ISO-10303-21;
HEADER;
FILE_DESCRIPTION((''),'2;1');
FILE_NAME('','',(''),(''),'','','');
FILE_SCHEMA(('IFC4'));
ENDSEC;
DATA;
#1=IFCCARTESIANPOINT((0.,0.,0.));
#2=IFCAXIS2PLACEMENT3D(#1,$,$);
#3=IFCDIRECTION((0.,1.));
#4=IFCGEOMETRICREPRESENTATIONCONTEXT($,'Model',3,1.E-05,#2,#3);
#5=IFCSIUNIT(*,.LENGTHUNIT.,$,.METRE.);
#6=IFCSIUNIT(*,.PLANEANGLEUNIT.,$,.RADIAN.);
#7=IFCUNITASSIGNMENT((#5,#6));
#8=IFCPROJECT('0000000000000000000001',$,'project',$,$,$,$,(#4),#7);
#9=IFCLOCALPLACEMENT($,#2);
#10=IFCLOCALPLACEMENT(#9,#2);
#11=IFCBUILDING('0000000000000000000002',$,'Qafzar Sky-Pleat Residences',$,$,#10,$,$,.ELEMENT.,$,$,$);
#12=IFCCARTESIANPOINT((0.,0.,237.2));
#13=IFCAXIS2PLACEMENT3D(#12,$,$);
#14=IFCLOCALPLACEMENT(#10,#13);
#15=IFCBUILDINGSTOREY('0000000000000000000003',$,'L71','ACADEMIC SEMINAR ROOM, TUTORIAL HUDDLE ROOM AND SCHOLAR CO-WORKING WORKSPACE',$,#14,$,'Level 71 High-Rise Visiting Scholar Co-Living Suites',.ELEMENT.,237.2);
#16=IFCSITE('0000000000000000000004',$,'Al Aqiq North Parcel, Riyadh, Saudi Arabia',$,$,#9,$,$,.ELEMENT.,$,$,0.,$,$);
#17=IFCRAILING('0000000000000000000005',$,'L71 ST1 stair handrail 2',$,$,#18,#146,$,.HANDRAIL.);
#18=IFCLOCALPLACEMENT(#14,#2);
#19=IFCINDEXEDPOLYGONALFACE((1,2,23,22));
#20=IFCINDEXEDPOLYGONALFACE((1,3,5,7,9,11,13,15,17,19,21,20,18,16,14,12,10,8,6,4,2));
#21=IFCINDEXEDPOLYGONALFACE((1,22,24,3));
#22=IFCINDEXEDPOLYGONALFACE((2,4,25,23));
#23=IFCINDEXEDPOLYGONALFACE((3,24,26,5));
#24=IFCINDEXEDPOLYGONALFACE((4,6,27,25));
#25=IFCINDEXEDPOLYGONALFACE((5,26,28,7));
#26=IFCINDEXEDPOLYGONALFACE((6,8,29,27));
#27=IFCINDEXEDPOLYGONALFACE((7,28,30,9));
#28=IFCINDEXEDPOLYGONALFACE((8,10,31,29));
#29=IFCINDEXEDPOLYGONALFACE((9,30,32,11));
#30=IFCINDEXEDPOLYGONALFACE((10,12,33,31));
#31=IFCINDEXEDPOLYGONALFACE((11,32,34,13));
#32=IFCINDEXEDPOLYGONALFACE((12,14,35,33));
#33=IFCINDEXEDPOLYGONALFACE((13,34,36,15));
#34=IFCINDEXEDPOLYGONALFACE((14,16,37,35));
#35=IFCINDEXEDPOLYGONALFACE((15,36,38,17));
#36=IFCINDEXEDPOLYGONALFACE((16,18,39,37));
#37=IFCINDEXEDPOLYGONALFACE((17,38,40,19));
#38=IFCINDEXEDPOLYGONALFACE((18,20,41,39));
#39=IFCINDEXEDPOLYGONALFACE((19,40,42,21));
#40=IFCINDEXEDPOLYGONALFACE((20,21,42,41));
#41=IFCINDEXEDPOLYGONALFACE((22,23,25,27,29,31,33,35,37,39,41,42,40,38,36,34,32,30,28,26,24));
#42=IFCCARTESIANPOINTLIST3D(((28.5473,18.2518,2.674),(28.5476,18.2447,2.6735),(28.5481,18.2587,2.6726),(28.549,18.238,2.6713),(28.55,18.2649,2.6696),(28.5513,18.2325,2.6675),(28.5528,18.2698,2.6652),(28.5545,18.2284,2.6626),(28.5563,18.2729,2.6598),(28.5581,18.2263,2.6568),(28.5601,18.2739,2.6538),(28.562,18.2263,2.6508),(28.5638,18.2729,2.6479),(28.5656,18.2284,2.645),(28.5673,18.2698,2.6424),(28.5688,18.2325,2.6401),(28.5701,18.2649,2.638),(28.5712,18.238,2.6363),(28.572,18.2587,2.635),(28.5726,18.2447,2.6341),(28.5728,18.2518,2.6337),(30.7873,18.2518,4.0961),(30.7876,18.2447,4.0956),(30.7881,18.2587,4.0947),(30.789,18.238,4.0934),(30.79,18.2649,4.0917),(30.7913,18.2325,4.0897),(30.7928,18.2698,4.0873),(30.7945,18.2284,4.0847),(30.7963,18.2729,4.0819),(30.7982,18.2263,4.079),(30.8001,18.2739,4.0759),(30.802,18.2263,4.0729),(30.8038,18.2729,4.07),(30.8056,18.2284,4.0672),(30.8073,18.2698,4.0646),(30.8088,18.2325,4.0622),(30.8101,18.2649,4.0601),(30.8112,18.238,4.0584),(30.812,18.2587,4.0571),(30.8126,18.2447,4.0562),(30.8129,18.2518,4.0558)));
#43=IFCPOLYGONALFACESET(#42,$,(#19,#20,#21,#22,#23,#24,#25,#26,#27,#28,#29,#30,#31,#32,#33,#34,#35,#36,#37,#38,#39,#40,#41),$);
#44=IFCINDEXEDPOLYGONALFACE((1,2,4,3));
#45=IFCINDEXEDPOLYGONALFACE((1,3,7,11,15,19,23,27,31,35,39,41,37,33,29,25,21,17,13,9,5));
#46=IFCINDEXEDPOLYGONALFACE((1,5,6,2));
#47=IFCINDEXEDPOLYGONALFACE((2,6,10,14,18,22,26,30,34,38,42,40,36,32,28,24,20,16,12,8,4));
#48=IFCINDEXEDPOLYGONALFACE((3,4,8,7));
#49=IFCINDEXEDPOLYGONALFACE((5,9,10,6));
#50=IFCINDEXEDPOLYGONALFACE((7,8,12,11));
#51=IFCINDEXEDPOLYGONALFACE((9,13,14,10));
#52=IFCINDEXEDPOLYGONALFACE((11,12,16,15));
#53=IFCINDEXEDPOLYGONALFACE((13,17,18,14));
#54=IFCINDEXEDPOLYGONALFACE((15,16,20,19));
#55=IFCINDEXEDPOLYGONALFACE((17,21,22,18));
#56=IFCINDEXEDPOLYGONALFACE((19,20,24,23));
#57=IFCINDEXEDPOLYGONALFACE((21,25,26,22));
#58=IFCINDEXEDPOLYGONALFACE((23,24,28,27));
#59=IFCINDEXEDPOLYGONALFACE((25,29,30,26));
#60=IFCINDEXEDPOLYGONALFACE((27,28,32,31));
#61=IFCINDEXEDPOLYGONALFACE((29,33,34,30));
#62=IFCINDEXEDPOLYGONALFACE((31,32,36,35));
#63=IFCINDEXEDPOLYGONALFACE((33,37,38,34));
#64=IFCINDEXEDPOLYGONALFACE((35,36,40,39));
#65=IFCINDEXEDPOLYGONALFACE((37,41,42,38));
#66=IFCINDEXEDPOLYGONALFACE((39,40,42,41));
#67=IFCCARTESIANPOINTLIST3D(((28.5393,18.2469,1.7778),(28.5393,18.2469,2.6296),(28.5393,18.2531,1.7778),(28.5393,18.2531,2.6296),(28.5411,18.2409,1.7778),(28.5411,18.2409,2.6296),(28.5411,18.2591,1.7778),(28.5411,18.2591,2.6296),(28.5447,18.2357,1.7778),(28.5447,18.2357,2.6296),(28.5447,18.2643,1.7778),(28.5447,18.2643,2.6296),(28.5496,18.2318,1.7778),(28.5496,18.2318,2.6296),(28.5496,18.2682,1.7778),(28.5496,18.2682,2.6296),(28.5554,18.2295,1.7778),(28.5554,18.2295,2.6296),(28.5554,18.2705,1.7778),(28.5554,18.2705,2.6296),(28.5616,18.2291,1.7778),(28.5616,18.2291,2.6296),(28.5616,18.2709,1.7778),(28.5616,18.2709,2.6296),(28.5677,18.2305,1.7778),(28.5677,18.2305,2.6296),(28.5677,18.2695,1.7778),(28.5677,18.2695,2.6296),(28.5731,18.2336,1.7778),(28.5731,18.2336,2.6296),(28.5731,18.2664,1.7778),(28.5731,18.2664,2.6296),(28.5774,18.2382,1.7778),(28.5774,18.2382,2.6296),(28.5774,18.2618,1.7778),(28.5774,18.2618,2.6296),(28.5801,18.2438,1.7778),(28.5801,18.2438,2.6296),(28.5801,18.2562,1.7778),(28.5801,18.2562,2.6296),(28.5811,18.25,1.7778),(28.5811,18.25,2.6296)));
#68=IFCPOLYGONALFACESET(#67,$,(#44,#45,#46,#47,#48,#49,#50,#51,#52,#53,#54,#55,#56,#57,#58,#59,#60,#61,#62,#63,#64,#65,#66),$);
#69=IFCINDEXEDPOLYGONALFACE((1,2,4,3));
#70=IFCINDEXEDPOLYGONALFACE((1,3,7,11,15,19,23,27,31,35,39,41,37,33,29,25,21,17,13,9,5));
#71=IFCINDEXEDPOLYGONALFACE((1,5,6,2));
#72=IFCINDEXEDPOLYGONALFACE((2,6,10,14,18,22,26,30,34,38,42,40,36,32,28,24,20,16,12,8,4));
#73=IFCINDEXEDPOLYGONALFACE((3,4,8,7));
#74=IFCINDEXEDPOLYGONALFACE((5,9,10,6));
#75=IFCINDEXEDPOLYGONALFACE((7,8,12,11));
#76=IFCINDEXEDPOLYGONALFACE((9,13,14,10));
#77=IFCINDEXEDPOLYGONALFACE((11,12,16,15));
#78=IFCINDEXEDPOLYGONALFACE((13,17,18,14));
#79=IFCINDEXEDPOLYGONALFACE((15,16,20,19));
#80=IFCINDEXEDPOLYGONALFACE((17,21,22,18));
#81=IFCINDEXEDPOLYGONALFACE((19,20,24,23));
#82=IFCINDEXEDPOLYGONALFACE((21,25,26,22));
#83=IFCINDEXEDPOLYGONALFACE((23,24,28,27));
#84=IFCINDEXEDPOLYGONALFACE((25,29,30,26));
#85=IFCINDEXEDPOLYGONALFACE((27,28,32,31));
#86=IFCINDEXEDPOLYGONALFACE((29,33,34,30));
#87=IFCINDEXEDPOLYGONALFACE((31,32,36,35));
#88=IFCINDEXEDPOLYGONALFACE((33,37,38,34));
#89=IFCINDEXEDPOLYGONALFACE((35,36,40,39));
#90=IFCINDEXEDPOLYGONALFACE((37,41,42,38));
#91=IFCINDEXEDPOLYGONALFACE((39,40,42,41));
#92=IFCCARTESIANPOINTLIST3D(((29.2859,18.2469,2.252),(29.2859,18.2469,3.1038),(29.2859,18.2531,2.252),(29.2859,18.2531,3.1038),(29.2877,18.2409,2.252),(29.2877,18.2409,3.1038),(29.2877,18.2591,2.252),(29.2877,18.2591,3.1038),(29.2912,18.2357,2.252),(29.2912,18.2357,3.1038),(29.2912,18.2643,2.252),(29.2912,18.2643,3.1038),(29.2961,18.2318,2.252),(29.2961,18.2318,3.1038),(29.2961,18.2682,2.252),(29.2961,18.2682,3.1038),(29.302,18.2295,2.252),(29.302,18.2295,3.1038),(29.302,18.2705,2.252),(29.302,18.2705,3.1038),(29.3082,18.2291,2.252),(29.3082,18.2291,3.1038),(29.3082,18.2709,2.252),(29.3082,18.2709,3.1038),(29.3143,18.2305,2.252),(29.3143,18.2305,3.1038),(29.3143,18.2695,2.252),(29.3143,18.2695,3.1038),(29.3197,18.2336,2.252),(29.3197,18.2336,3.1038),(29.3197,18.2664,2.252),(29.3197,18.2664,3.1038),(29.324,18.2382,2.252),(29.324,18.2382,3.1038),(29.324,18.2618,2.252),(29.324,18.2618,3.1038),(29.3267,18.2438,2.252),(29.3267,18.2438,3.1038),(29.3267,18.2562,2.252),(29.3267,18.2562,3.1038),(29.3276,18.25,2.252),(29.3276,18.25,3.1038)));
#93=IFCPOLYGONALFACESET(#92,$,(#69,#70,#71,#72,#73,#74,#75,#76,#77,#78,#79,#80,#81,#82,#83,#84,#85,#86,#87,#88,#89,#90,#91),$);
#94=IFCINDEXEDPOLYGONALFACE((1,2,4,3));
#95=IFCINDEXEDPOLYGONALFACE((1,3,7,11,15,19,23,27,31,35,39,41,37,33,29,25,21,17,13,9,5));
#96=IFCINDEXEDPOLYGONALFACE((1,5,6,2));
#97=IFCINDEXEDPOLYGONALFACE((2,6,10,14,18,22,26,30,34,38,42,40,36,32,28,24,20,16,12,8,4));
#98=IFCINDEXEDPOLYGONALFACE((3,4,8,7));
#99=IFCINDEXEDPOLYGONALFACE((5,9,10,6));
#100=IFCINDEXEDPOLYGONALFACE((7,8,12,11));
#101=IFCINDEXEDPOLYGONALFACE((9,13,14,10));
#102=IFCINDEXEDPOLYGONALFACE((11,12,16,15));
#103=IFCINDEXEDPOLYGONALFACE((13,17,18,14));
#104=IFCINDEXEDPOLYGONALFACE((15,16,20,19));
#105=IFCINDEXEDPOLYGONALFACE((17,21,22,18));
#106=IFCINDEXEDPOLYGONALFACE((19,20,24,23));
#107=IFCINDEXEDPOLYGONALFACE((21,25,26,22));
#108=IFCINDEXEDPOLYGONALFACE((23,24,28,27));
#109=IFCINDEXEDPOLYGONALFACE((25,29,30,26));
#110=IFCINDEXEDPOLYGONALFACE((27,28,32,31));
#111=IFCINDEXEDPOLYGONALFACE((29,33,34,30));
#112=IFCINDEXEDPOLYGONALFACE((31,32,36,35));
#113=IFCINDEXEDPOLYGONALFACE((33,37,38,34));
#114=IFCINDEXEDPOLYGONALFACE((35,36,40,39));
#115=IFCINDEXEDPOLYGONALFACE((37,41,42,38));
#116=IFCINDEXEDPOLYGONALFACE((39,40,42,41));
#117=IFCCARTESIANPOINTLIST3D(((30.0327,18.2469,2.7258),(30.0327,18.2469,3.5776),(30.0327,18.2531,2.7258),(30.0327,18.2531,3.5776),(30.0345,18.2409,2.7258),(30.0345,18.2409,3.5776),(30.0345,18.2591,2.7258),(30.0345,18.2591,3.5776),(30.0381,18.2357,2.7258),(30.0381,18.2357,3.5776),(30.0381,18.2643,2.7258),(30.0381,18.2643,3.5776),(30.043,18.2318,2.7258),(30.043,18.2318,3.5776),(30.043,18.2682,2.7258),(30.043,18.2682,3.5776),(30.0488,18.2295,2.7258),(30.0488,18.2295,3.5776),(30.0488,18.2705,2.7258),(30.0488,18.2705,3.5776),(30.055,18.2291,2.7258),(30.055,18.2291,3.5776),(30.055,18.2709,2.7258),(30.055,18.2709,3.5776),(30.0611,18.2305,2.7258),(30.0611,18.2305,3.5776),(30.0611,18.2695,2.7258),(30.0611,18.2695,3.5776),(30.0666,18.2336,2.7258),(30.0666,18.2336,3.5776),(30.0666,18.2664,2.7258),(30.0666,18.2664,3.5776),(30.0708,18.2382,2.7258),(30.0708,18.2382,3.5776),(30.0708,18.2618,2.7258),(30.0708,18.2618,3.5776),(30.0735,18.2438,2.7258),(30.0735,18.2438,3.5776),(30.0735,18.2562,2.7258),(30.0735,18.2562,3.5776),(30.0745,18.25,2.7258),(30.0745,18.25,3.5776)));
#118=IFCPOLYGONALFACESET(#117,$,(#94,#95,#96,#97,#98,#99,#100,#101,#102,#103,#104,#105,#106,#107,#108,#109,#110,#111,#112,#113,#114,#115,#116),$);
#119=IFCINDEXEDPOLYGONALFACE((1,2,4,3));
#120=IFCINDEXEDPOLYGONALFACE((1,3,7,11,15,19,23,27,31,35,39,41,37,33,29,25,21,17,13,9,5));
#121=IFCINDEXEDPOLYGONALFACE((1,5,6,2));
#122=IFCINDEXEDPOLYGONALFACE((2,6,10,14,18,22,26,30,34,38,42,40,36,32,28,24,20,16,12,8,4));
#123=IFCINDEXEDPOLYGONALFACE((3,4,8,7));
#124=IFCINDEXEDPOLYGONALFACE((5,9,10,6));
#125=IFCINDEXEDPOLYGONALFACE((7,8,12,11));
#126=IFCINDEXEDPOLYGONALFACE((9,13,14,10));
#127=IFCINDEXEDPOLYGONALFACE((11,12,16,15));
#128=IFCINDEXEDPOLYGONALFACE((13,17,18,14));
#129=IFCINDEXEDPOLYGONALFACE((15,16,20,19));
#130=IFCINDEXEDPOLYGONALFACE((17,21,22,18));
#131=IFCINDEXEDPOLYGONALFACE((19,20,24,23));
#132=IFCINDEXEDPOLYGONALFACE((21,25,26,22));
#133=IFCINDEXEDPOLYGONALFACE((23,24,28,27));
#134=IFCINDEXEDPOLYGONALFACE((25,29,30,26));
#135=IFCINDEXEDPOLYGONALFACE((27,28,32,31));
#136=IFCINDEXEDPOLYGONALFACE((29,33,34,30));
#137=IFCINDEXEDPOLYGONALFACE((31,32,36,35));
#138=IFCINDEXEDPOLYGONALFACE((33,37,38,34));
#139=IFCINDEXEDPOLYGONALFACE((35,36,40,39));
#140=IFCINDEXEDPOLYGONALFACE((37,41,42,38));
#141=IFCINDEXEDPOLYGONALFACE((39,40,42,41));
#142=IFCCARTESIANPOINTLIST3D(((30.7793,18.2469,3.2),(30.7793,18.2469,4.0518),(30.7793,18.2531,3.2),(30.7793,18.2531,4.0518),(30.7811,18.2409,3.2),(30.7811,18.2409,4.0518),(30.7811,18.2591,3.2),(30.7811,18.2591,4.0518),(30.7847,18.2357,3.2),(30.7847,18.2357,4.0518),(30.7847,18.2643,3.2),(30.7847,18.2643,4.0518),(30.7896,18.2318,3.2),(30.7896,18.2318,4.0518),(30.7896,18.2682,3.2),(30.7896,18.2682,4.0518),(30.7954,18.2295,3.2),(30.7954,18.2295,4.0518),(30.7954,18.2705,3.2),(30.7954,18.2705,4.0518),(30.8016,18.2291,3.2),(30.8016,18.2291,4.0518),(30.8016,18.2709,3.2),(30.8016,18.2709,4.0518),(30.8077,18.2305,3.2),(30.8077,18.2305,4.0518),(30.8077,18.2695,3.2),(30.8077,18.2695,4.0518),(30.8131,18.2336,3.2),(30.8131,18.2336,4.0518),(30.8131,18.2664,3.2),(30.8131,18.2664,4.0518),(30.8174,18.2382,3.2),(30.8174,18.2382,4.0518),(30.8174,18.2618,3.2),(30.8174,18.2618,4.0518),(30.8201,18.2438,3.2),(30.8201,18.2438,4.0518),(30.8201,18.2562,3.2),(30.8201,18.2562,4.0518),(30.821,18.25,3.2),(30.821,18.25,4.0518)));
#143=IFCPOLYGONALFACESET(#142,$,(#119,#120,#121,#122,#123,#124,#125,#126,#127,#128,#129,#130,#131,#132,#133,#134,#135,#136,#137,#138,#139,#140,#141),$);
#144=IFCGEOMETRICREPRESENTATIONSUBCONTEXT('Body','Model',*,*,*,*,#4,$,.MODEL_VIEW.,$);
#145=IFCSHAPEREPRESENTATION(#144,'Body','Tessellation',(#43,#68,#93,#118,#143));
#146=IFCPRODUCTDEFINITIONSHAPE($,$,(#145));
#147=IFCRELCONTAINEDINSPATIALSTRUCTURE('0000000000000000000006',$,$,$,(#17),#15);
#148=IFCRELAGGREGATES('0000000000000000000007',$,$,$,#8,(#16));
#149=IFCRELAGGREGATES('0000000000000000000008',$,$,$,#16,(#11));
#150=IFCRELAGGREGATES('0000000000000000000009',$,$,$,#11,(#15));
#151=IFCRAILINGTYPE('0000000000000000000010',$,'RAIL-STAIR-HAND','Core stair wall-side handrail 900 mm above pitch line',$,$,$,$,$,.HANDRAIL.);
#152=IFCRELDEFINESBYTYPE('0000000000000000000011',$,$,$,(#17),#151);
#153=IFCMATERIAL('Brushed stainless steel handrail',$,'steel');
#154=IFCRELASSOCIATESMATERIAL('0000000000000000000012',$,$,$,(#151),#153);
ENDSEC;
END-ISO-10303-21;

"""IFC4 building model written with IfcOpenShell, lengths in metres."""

from ifc_helpers import new_model, si_unit, direction, frame, origin, origin_2d, place, context, subcontext, project, spatial, circle, extrude, source, transform, mapped, material, type_object, element, save


model = new_model("IFC4")

# Units and contexts
model_context = context("Model", 3, precision=1e-05, world=origin(), true_north=direction((0.0, 1.0)))
body_context = subcontext(model_context, "Body", "Model", "MODEL_VIEW")
ifc_project = project(units=[si_unit("LENGTHUNIT", "METRE"), si_unit("PLANEANGLEUNIT", "RADIAN")], contexts=[model_context])

# Site, building, storey
site_placement = place(None, origin())
site = spatial("IfcSite", under=ifc_project, at=site_placement, Name="Al Aqiq North Parcel, Riyadh, Saudi Arabia", CompositionType="ELEMENT", RefElevation=0.0)
building_placement = place(site_placement, origin())
building = spatial("IfcBuilding", under=site, at=building_placement, Name="Qafzar Sky-Pleat Residences", CompositionType="ELEMENT")
storey_placement = place(building_placement, frame((0.0, 0.0, 237.2)))
storey = spatial("IfcBuildingStorey", under=building, at=storey_placement, Name="L71", Description="ACADEMIC SEMINAR ROOM, TUTORIAL HUDDLE ROOM AND SCHOLAR CO-WORKING WORKSPACE", LongName="Level 71 High-Rise Visiting Scholar Co-Living Suites", CompositionType="ELEMENT", Elevation=237.2)

# Railing
ifc_material_1 = material(Name="Brushed stainless steel handrail", Category="steel")
railing_type_1 = type_object("IfcRailingType", Name="RAIL-STAIR-HAND", Description="Core stair wall-side handrail 900 mm above pitch line", PredefinedType="HANDRAIL", material=ifc_material_1)
shared_shape_1 = source(origin(), body_context, "Body", "SweptSolid", [
    extrude(circle(Radius=0.0239, at=origin_2d()), frame((0.0, 0.0, 0.876), z_axis=(0.844229, 0.0, 0.535982), x_axis=(0.0, 1.0, 0.0)), (0.0, 0.0, 1.0), 2.6533),
    extrude(circle(Radius=0.021, at=origin_2d()), origin(), (0.0, 0.0, 1.0), 0.8518),
    extrude(circle(Radius=0.021, at=origin_2d()), frame((0.7466, 0.0, 0.4741)), (0.0, 0.0, 1.0), 0.8518),
    extrude(circle(Radius=0.021, at=origin_2d()), frame((1.4934, 0.0, 0.948)), (0.0, 0.0, 1.0), 0.8518),
    extrude(circle(Radius=0.021, at=origin_2d()), frame((2.24, 0.0, 1.4221)), (0.0, 0.0, 1.0), 0.8518),
])
railing_1_placement = place(storey_placement, frame((28.5601, 18.25, 1.7778)))
element("IfcRailing", 1, at=railing_1_placement, inside=storey, type_object=railing_type_1, Name="L71 ST1 stair handrail 2", PredefinedType="HANDRAIL", context=body_context, shape_type="MappedRepresentation", body=[
    mapped(shared_shape_1, transform((0.0, 0.0, 0.0), x_axis=(1.0, 0.0, 0.0), y_axis=(0.0, 1.0, 0.0), z_axis=(0.0, 0.0, 1.0), scale=1.0)),
])

save(model, "model.ifc")
